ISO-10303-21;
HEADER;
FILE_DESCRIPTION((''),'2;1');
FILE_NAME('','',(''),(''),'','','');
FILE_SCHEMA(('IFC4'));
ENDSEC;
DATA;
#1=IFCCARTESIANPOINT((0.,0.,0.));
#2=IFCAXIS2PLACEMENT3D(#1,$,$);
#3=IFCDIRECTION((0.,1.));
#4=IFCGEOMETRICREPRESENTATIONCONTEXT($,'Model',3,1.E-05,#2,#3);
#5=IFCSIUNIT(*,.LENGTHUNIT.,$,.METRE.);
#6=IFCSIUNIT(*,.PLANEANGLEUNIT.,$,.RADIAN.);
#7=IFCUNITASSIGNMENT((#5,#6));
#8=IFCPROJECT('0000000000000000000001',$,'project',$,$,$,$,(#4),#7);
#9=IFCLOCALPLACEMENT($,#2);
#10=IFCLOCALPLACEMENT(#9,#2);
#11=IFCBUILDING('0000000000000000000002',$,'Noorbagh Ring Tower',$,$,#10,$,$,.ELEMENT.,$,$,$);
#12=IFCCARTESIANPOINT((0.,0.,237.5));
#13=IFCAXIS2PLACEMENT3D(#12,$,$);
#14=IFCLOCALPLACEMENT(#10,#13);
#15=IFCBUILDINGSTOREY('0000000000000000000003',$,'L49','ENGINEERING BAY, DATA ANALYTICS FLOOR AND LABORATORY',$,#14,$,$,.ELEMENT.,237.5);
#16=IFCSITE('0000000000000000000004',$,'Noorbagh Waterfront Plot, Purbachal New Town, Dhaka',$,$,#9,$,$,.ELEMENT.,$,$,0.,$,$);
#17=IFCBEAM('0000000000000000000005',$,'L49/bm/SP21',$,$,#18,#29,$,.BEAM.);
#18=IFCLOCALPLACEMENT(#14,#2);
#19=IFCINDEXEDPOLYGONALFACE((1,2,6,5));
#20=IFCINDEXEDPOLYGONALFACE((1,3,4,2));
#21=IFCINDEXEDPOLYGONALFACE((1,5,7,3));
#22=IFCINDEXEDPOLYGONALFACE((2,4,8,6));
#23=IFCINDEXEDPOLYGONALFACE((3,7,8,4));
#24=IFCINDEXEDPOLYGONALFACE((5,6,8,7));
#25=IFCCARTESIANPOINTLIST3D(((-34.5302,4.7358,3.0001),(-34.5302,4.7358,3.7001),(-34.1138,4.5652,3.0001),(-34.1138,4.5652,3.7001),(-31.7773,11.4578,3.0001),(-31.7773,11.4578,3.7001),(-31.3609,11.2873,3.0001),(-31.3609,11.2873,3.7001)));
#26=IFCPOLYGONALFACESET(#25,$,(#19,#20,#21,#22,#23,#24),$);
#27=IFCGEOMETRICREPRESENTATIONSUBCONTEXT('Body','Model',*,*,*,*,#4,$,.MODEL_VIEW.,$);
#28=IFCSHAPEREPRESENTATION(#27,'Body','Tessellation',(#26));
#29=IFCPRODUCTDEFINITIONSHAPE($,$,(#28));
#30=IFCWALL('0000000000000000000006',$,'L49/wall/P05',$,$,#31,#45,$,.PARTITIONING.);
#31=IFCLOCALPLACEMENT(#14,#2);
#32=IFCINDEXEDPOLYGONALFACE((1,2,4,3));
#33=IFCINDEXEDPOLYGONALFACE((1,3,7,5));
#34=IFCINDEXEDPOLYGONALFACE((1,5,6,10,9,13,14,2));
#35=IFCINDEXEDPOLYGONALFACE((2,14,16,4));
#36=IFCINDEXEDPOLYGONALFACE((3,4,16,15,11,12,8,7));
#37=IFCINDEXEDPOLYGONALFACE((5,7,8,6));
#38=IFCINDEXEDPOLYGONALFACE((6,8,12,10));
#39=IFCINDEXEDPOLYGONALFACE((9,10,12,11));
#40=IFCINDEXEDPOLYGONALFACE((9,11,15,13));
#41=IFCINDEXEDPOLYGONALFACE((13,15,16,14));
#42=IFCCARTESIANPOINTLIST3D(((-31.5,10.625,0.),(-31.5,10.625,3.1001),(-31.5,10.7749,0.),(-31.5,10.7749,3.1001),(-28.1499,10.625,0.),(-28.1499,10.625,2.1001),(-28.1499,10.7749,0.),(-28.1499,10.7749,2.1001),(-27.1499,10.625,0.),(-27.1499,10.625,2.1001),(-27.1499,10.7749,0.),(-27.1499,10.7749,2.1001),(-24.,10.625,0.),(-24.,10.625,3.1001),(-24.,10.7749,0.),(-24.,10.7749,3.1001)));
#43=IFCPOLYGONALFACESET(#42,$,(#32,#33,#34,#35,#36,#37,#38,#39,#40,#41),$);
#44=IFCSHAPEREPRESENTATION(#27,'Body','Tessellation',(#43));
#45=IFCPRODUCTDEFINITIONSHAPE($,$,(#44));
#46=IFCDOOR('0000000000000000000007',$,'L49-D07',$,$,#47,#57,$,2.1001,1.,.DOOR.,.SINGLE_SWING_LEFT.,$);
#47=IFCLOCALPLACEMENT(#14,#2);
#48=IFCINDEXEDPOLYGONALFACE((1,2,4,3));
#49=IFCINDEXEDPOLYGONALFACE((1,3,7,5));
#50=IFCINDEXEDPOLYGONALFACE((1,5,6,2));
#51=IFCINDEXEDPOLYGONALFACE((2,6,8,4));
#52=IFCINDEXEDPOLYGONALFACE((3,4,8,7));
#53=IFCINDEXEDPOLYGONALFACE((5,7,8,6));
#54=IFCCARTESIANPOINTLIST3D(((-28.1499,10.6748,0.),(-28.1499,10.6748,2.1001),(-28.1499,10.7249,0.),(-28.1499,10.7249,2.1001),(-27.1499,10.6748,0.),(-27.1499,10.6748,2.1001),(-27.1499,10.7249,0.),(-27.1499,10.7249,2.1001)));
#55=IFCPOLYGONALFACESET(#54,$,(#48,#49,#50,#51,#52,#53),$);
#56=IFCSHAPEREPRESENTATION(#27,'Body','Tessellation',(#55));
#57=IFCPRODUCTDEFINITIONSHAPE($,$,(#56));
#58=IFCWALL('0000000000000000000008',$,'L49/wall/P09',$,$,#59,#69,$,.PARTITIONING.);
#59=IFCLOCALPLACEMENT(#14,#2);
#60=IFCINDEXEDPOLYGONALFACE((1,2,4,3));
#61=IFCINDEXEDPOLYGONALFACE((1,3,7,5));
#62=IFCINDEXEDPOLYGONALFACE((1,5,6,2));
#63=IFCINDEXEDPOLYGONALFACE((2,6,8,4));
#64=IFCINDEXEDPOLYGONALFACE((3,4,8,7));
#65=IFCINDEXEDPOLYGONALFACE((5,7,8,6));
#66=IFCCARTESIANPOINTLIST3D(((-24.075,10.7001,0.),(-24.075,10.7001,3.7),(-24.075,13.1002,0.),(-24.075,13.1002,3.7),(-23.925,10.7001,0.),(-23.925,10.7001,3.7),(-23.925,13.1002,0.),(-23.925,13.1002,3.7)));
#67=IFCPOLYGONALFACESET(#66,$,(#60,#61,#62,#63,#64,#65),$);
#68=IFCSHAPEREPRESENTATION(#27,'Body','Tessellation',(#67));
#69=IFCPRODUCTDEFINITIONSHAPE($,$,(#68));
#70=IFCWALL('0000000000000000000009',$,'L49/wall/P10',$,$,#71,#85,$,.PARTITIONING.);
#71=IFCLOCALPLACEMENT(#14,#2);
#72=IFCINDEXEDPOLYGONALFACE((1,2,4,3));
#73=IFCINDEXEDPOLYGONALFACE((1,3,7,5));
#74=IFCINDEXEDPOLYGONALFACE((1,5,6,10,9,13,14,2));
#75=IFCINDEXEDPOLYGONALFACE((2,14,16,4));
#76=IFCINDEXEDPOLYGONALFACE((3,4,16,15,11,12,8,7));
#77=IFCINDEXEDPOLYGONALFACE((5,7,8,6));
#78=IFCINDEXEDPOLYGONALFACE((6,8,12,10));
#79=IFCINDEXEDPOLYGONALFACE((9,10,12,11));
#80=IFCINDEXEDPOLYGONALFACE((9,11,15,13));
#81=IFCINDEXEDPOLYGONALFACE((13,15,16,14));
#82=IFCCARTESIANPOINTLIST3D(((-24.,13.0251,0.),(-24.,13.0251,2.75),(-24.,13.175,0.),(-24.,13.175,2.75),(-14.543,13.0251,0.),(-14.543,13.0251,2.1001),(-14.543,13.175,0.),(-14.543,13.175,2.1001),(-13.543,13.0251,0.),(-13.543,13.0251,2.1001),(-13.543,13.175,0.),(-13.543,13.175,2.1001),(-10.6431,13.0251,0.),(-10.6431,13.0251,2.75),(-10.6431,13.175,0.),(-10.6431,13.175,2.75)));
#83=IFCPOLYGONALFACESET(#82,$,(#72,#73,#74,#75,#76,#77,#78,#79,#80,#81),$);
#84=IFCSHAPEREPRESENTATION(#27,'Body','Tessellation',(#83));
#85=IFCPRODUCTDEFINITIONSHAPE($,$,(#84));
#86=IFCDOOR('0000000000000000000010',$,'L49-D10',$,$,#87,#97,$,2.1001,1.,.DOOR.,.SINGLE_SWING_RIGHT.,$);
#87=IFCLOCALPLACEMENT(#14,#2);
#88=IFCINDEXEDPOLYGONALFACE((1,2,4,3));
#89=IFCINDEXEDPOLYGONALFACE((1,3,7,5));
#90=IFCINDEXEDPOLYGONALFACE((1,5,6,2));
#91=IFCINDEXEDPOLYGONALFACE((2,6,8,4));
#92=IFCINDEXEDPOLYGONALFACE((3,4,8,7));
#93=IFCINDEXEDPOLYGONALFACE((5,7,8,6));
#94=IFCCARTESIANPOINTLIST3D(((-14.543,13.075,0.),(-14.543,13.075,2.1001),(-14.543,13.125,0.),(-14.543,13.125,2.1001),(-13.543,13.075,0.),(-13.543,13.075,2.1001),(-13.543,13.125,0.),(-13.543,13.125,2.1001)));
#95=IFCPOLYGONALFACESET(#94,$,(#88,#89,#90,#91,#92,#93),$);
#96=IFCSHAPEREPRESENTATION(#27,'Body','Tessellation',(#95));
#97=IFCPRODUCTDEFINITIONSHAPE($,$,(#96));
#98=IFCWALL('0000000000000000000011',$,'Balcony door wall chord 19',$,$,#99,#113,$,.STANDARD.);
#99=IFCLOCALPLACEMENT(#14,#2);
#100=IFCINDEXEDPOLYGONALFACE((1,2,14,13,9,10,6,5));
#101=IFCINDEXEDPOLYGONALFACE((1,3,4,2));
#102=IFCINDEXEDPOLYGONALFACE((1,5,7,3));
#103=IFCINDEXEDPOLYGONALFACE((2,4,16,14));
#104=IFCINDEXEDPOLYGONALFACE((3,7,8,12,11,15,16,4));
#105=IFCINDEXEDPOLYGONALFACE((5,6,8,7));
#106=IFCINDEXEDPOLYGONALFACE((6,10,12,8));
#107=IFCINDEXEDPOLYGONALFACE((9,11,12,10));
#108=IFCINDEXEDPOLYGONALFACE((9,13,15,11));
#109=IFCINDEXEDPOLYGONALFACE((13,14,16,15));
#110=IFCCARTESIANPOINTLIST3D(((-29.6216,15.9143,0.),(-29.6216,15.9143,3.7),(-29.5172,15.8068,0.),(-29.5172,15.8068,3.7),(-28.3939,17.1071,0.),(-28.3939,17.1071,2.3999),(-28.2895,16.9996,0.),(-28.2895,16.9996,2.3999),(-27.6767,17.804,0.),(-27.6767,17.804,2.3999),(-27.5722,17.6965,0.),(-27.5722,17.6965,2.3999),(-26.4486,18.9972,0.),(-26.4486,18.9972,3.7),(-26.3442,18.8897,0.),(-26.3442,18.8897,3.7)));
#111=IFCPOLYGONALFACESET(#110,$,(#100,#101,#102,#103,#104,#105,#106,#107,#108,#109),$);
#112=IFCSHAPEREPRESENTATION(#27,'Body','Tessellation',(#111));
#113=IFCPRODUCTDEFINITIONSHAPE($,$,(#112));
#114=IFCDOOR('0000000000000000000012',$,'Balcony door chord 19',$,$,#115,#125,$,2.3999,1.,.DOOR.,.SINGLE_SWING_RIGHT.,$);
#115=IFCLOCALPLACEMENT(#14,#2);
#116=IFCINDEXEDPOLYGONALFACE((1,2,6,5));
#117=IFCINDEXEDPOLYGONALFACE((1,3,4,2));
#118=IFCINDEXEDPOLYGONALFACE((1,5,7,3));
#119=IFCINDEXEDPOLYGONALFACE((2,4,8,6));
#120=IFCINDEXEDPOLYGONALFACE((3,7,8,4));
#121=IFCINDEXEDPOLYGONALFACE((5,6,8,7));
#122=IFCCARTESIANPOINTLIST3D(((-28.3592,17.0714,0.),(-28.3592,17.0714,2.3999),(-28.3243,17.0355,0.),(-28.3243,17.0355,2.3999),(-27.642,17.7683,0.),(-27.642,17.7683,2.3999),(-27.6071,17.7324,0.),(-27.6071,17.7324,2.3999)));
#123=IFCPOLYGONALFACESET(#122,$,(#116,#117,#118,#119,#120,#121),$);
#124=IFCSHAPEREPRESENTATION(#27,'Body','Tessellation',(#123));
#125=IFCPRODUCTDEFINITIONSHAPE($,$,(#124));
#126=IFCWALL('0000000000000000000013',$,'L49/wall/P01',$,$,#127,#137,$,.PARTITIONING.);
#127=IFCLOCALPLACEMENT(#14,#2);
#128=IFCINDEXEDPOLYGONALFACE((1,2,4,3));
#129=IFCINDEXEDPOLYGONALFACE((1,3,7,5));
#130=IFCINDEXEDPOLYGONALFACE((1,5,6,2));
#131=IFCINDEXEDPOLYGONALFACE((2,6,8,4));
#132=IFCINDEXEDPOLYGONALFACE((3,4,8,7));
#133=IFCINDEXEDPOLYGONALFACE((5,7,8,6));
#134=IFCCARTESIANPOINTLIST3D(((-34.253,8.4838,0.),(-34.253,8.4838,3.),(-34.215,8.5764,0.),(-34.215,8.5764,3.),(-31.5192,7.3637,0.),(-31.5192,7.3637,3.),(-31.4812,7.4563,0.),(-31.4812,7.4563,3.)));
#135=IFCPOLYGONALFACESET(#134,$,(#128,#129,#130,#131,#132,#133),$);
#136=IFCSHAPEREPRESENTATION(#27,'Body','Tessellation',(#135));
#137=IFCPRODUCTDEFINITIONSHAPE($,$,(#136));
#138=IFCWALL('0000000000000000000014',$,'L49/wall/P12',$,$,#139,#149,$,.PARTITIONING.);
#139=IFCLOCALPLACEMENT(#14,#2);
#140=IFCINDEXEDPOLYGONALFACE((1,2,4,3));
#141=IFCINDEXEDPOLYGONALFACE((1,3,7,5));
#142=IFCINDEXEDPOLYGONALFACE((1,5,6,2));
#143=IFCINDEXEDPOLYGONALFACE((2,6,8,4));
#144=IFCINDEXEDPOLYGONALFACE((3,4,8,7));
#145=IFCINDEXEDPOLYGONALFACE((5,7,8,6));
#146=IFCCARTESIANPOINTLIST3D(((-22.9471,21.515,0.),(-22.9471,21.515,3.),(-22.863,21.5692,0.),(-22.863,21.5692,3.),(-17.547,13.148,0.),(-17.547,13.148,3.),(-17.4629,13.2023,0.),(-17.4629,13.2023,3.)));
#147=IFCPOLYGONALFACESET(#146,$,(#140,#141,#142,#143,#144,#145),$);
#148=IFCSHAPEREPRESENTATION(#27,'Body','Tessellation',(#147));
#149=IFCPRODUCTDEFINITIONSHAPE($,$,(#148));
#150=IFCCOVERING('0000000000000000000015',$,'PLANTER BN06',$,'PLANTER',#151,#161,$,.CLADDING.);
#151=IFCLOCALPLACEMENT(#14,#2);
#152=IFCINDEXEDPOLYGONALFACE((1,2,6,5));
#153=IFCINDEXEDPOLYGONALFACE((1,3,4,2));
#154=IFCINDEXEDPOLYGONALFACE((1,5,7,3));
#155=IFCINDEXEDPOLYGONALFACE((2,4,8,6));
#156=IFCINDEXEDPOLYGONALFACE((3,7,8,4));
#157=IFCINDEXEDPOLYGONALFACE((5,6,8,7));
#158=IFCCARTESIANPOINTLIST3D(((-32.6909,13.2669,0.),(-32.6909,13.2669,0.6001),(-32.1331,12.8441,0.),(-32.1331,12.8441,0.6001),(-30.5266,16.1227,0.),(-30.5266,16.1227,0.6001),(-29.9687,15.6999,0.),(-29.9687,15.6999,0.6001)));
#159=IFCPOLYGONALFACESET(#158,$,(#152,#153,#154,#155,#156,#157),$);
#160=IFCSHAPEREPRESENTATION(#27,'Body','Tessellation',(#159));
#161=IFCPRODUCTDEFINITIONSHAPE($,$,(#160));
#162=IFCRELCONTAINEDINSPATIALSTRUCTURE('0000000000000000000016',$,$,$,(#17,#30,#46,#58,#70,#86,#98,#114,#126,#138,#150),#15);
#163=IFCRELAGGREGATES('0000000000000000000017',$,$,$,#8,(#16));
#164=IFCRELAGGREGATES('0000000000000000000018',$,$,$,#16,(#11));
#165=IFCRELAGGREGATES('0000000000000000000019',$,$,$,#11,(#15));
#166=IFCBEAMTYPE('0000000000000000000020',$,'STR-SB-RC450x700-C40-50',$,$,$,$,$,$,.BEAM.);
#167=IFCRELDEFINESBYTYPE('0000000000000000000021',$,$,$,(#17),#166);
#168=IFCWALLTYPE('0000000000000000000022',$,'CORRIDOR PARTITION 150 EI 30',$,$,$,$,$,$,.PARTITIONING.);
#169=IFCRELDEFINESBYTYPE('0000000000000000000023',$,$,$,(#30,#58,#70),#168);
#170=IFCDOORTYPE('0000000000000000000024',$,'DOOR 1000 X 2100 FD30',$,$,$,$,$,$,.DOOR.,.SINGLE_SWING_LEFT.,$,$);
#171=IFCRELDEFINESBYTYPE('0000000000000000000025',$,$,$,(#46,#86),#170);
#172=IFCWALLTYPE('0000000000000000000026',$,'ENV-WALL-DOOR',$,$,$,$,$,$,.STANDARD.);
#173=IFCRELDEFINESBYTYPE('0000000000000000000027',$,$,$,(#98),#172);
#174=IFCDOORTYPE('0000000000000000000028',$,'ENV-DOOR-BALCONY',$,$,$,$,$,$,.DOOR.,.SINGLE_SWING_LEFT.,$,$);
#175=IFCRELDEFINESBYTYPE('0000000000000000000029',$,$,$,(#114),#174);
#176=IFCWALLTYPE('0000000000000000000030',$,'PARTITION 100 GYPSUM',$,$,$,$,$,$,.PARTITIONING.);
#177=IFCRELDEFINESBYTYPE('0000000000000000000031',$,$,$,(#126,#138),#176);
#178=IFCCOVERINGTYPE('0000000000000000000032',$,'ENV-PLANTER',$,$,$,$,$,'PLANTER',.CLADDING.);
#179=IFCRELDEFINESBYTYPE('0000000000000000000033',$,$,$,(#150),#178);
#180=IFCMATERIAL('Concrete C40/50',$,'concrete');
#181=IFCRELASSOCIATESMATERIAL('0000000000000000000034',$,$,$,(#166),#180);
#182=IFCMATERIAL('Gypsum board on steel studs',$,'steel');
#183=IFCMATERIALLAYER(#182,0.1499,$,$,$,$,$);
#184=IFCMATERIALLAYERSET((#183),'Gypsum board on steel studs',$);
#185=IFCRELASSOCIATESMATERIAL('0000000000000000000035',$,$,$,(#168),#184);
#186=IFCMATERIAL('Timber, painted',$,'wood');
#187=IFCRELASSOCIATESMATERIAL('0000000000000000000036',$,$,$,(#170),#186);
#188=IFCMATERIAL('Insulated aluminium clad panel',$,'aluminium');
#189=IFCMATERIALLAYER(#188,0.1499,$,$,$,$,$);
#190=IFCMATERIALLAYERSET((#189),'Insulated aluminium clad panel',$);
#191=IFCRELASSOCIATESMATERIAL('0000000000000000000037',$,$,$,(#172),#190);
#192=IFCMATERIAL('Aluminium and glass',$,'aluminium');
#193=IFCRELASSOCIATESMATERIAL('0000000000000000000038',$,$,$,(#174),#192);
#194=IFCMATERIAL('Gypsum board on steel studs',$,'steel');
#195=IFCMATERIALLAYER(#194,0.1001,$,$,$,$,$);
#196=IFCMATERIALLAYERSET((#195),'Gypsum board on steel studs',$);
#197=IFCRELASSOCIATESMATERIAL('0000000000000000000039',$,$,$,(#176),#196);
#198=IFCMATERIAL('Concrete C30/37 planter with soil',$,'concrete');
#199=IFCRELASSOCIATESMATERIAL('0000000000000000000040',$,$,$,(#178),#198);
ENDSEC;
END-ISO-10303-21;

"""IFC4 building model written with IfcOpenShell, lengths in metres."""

from ifc_helpers import new_model, si_unit, direction, frame, frame_2d, origin, origin_2d, place, context, subcontext, project, spatial, rectangle, extrude, material, layer, layer_set, material_profile, profile_set, type_object, element, fill, save


model = new_model("IFC4")

# Units and contexts
model_context = context("Model", 3, precision=1e-05, world=origin(), true_north=direction((0.0, 1.0)))
body_context = subcontext(model_context, "Body", "Model", "MODEL_VIEW")
ifc_project = project(units=[si_unit("LENGTHUNIT", "METRE"), si_unit("PLANEANGLEUNIT", "RADIAN")], contexts=[model_context])

# Site, building, storey
site_placement = place(None, origin())
site = spatial("IfcSite", under=ifc_project, at=site_placement, Name="Noorbagh Waterfront Plot, Purbachal New Town, Dhaka", CompositionType="ELEMENT", RefElevation=0.0)
building_placement = place(site_placement, origin())
building = spatial("IfcBuilding", under=site, at=building_placement, Name="Noorbagh Ring Tower", CompositionType="ELEMENT")
storey_placement = place(building_placement, frame((0.0, 0.0, 237.5)))
storey = spatial("IfcBuildingStorey", under=building, at=storey_placement, Name="L49", Description="ENGINEERING BAY, DATA ANALYTICS FLOOR AND LABORATORY", CompositionType="ELEMENT", Elevation=237.5)

# Beam
ifc_material_1 = material(Name="Concrete C40/50", Category="concrete")
ifc_material_profile_1 = material_profile(ifc_material_1, rectangle(XDim=0.45, YDim=0.7, at=origin_2d()), Name="RC450x700")
ifc_profile_set_1 = profile_set([ifc_material_profile_1], Name="Concrete C40/50")
beam_type_1 = type_object("IfcBeamType", Name="STR-SB-RC450x700-C40-50", PredefinedType="BEAM", material=ifc_profile_set_1)
beam_1_placement = place(storey_placement, frame((-31.5691, 11.3726, 3.3501), z_axis=(-0.378981, -0.925404, 0.0), x_axis=(0.925404, -0.378981, 0.0)))
element("IfcBeam", 1, at=beam_1_placement, inside=storey, type_object=beam_type_1, Name="L49/bm/SP21", PredefinedType="BEAM", context=body_context, shape_type="SweptSolid", body=[
    extrude(rectangle(XDim=0.45, YDim=0.7, at=origin_2d()), origin(), (0.0, 0.0, 1.0), 7.2639),
])

# Wall, opening, door
ifc_material_2 = material(Name="Gypsum board on steel studs", Category="steel")
ifc_layer_1 = layer(ifc_material_2, 0.1499)
ifc_layer_set_1 = layer_set([ifc_layer_1], Name="Gypsum board on steel studs")
wall_type_1 = type_object("IfcWallType", Name="CORRIDOR PARTITION 150 EI 30", PredefinedType="PARTITIONING", material=ifc_layer_set_1)
wall_1_placement = place(storey_placement, frame((-31.5, 10.7, 0.0), z_axis=(0.0, 0.0, 1.0), x_axis=(1.0, 0.0, 0.0)))
wall_1 = element("IfcWall", 2, at=wall_1_placement, inside=storey, type_object=wall_type_1, Name="L49/wall/P05", PredefinedType="PARTITIONING", context=body_context, shape_type="SweptSolid", body=[
    extrude(rectangle(XDim=7.5, YDim=0.1499, at=frame_2d((3.75, 0.0))), origin(), (0.0, 0.0, 1.0), 3.1001),
])
opening_1_placement = place(wall_1_placement, frame((3.3501, 0.0, 0.0)))
opening_1 = element("IfcOpeningElement", 3, at=opening_1_placement, cuts=wall_1, PredefinedType="OPENING", context=body_context, shape_type="SweptSolid", body=[
    extrude(rectangle(XDim=1.0, YDim=2.1001, at=frame_2d((0.5, 1.05))), frame((0.0, 0.085, 0.0), z_axis=(0.0, -1.0, 0.0), x_axis=(1.0, 0.0, 0.0)), (0.0, 0.0, 1.0), 0.1699),
])
ifc_material_3 = material(Name="Timber, painted", Category="wood")
door_type_1 = type_object("IfcDoorType", Name="DOOR 1000 X 2100 FD30", OperationType="SINGLE_SWING_LEFT", PredefinedType="DOOR", material=ifc_material_3)
door_1_placement = place(opening_1_placement, origin())
door_1 = element("IfcDoor", 4, at=door_1_placement, inside=storey, type_object=door_type_1, Name="L49-D07", OperationType="SINGLE_SWING_LEFT", OverallHeight=2.1001, OverallWidth=1.0, PredefinedType="DOOR", context=body_context, shape_type="SweptSolid", body=[
    extrude(rectangle(XDim=1.0, YDim=2.1001, at=frame_2d((0.5, 1.05))), frame((0.0, 0.0249, 0.0), z_axis=(0.0, -1.0, 0.0), x_axis=(1.0, 0.0, 0.0)), (0.0, 0.0, 1.0), 0.05),
])
fill(opening_1, door_1)

# Wall
wall_2_placement = place(storey_placement, frame((-24.0, 10.7, 0.0), z_axis=(0.0, 0.0, 1.0), x_axis=(0.0, 1.0, 0.0)))
element("IfcWall", 5, at=wall_2_placement, inside=storey, type_object=wall_type_1, Name="L49/wall/P09", PredefinedType="PARTITIONING", context=body_context, shape_type="SweptSolid", body=[
    extrude(rectangle(XDim=2.4001, YDim=0.1499, at=frame_2d((1.2002, 0.0))), origin(), (0.0, 0.0, 1.0), 3.7),
])

# Walls, openings, doors
wall_3_placement = place(storey_placement, frame((-24.0, 13.1001, 0.0), z_axis=(0.0, 0.0, 1.0), x_axis=(1.0, 0.0, 0.0)))
wall_3 = element("IfcWall", 6, at=wall_3_placement, inside=storey, type_object=wall_type_1, Name="L49/wall/P10", PredefinedType="PARTITIONING", context=body_context, shape_type="SweptSolid", body=[
    extrude(rectangle(XDim=13.3569, YDim=0.1499, at=frame_2d((6.6785, 0.0))), origin(), (0.0, 0.0, 1.0), 2.75),
])
opening_2_placement = place(wall_3_placement, frame((9.457, 0.0, 0.0)))
opening_2 = element("IfcOpeningElement", 7, at=opening_2_placement, cuts=wall_3, PredefinedType="OPENING", context=body_context, shape_type="SweptSolid", body=[
    extrude(rectangle(XDim=1.0, YDim=2.1001, at=frame_2d((0.5, 1.05))), frame((0.0, 0.085, 0.0), z_axis=(0.0, -1.0, 0.0), x_axis=(1.0, 0.0, 0.0)), (0.0, 0.0, 1.0), 0.1699),
])
door_2_placement = place(opening_2_placement, origin())
door_2 = element("IfcDoor", 8, at=door_2_placement, inside=storey, type_object=door_type_1, Name="L49-D10", OperationType="SINGLE_SWING_RIGHT", OverallHeight=2.1001, OverallWidth=1.0, PredefinedType="DOOR", context=body_context, shape_type="SweptSolid", body=[
    extrude(rectangle(XDim=1.0, YDim=2.1001, at=frame_2d((0.5, 1.05))), frame((0.0, 0.0249, 0.0), z_axis=(0.0, -1.0, 0.0), x_axis=(1.0, 0.0, 0.0)), (0.0, 0.0, 1.0), 0.05),
])
fill(opening_2, door_2)
ifc_material_4 = material(Name="Insulated aluminium clad panel", Category="aluminium")
ifc_layer_2 = layer(ifc_material_4, 0.1499)
ifc_layer_set_2 = layer_set([ifc_layer_2], Name="Insulated aluminium clad panel")
wall_type_2 = type_object("IfcWallType", Name="ENV-WALL-DOOR", PredefinedType="STANDARD", material=ifc_layer_set_2)
wall_4_placement = place(storey_placement, frame((-26.3965, 18.9434, 0.0), z_axis=(0.0, 0.0, 1.0), x_axis=(-0.717215, -0.696852, 0.0)))
wall_4 = element("IfcWall", 9, at=wall_4_placement, inside=storey, type_object=wall_type_2, Name="Balcony door wall chord 19", PredefinedType="STANDARD", context=body_context, shape_type="SweptSolid", body=[
    extrude(rectangle(XDim=4.4241, YDim=0.1499, at=frame_2d((2.2119, 0.0))), origin(), (0.0, 0.0, 1.0), 3.7),
])
opening_3_placement = place(wall_4_placement, frame((1.7122, 0.0, 0.0)))
opening_3 = element("IfcOpeningElement", 10, at=opening_3_placement, cuts=wall_4, PredefinedType="OPENING", context=body_context, shape_type="SweptSolid", body=[
    extrude(rectangle(XDim=1.0, YDim=2.3999, at=frame_2d((0.5, 1.2))), frame((0.0, 0.085, 0.0), z_axis=(0.0, -1.0, 0.0), x_axis=(1.0, 0.0, 0.0)), (0.0, 0.0, 1.0), 0.1699),
])
ifc_material_5 = material(Name="Aluminium and glass", Category="aluminium")
door_type_2 = type_object("IfcDoorType", Name="ENV-DOOR-BALCONY", OperationType="SINGLE_SWING_LEFT", PredefinedType="DOOR", material=ifc_material_5)
door_3_placement = place(opening_3_placement, origin())
door_3 = element("IfcDoor", 11, at=door_3_placement, inside=storey, type_object=door_type_2, Name="Balcony door chord 19", OperationType="SINGLE_SWING_RIGHT", OverallHeight=2.3999, OverallWidth=1.0, PredefinedType="DOOR", context=body_context, shape_type="SweptSolid", body=[
    extrude(rectangle(XDim=1.0, YDim=2.3999, at=frame_2d((0.5, 1.2))), frame((0.0, 0.0249, 0.0), z_axis=(0.0, -1.0, 0.0), x_axis=(1.0, 0.0, 0.0)), (0.0, 0.0, 1.0), 0.05),
])
fill(opening_3, door_3)

# Walls
ifc_material_6 = material(Name="Gypsum board on steel studs", Category="steel")
ifc_layer_3 = layer(ifc_material_6, 0.1001)
ifc_layer_set_3 = layer_set([ifc_layer_3], Name="Gypsum board on steel studs")
wall_type_3 = type_object("IfcWallType", Name="PARTITION 100 GYPSUM", PredefinedType="PARTITIONING", material=ifc_layer_set_3)
wall_5_placement = place(storey_placement, frame((-34.2339, 8.53, 0.0), z_axis=(0.0, 0.0, 1.0), x_axis=(0.925344, -0.379128, 0.0)))
element("IfcWall", 12, at=wall_5_placement, inside=storey, type_object=wall_type_3, Name="L49/wall/P01", PredefinedType="PARTITIONING", context=body_context, shape_type="SweptSolid", body=[
    extrude(rectangle(XDim=2.9543, YDim=0.1001, at=frame_2d((1.4771, 0.0))), origin(), (0.0, 0.0, 1.0), 3.0),
])
wall_6_placement = place(storey_placement, frame((-22.905, 21.542, 0.0), z_axis=(0.0, 0.0, 1.0), x_axis=(0.542277, -0.8402, 0.0)))
element("IfcWall", 13, at=wall_6_placement, inside=storey, type_object=wall_type_3, Name="L49/wall/P12", PredefinedType="PARTITIONING", context=body_context, shape_type="SweptSolid", body=[
    extrude(rectangle(XDim=9.9583, YDim=0.1001, at=frame_2d((4.979, 0.0))), origin(), (0.0, 0.0, 1.0), 3.0),
])

# Covering
ifc_material_7 = material(Name="Concrete C30/37 planter with soil", Category="concrete")
covering_type = type_object("IfcCoveringType", Name="ENV-PLANTER", ElementType="PLANTER", PredefinedType="CLADDING", material=ifc_material_7)
covering_placement = place(storey_placement, frame((-31.3298, 14.4834, 0.0), z_axis=(0.0, 0.0, 1.0), x_axis=(-0.60402, -0.796969, 0.0)))
element("IfcCovering", 14, at=covering_placement, inside=storey, type_object=covering_type, Name="PLANTER BN06", ObjectType="PLANTER", PredefinedType="CLADDING", context=body_context, shape_type="SweptSolid", body=[
    extrude(rectangle(XDim=3.5833, YDim=0.7, at=origin_2d()), origin(), (0.0, 0.0, 1.0), 0.6001),
])

save(model, "model.ifc")
